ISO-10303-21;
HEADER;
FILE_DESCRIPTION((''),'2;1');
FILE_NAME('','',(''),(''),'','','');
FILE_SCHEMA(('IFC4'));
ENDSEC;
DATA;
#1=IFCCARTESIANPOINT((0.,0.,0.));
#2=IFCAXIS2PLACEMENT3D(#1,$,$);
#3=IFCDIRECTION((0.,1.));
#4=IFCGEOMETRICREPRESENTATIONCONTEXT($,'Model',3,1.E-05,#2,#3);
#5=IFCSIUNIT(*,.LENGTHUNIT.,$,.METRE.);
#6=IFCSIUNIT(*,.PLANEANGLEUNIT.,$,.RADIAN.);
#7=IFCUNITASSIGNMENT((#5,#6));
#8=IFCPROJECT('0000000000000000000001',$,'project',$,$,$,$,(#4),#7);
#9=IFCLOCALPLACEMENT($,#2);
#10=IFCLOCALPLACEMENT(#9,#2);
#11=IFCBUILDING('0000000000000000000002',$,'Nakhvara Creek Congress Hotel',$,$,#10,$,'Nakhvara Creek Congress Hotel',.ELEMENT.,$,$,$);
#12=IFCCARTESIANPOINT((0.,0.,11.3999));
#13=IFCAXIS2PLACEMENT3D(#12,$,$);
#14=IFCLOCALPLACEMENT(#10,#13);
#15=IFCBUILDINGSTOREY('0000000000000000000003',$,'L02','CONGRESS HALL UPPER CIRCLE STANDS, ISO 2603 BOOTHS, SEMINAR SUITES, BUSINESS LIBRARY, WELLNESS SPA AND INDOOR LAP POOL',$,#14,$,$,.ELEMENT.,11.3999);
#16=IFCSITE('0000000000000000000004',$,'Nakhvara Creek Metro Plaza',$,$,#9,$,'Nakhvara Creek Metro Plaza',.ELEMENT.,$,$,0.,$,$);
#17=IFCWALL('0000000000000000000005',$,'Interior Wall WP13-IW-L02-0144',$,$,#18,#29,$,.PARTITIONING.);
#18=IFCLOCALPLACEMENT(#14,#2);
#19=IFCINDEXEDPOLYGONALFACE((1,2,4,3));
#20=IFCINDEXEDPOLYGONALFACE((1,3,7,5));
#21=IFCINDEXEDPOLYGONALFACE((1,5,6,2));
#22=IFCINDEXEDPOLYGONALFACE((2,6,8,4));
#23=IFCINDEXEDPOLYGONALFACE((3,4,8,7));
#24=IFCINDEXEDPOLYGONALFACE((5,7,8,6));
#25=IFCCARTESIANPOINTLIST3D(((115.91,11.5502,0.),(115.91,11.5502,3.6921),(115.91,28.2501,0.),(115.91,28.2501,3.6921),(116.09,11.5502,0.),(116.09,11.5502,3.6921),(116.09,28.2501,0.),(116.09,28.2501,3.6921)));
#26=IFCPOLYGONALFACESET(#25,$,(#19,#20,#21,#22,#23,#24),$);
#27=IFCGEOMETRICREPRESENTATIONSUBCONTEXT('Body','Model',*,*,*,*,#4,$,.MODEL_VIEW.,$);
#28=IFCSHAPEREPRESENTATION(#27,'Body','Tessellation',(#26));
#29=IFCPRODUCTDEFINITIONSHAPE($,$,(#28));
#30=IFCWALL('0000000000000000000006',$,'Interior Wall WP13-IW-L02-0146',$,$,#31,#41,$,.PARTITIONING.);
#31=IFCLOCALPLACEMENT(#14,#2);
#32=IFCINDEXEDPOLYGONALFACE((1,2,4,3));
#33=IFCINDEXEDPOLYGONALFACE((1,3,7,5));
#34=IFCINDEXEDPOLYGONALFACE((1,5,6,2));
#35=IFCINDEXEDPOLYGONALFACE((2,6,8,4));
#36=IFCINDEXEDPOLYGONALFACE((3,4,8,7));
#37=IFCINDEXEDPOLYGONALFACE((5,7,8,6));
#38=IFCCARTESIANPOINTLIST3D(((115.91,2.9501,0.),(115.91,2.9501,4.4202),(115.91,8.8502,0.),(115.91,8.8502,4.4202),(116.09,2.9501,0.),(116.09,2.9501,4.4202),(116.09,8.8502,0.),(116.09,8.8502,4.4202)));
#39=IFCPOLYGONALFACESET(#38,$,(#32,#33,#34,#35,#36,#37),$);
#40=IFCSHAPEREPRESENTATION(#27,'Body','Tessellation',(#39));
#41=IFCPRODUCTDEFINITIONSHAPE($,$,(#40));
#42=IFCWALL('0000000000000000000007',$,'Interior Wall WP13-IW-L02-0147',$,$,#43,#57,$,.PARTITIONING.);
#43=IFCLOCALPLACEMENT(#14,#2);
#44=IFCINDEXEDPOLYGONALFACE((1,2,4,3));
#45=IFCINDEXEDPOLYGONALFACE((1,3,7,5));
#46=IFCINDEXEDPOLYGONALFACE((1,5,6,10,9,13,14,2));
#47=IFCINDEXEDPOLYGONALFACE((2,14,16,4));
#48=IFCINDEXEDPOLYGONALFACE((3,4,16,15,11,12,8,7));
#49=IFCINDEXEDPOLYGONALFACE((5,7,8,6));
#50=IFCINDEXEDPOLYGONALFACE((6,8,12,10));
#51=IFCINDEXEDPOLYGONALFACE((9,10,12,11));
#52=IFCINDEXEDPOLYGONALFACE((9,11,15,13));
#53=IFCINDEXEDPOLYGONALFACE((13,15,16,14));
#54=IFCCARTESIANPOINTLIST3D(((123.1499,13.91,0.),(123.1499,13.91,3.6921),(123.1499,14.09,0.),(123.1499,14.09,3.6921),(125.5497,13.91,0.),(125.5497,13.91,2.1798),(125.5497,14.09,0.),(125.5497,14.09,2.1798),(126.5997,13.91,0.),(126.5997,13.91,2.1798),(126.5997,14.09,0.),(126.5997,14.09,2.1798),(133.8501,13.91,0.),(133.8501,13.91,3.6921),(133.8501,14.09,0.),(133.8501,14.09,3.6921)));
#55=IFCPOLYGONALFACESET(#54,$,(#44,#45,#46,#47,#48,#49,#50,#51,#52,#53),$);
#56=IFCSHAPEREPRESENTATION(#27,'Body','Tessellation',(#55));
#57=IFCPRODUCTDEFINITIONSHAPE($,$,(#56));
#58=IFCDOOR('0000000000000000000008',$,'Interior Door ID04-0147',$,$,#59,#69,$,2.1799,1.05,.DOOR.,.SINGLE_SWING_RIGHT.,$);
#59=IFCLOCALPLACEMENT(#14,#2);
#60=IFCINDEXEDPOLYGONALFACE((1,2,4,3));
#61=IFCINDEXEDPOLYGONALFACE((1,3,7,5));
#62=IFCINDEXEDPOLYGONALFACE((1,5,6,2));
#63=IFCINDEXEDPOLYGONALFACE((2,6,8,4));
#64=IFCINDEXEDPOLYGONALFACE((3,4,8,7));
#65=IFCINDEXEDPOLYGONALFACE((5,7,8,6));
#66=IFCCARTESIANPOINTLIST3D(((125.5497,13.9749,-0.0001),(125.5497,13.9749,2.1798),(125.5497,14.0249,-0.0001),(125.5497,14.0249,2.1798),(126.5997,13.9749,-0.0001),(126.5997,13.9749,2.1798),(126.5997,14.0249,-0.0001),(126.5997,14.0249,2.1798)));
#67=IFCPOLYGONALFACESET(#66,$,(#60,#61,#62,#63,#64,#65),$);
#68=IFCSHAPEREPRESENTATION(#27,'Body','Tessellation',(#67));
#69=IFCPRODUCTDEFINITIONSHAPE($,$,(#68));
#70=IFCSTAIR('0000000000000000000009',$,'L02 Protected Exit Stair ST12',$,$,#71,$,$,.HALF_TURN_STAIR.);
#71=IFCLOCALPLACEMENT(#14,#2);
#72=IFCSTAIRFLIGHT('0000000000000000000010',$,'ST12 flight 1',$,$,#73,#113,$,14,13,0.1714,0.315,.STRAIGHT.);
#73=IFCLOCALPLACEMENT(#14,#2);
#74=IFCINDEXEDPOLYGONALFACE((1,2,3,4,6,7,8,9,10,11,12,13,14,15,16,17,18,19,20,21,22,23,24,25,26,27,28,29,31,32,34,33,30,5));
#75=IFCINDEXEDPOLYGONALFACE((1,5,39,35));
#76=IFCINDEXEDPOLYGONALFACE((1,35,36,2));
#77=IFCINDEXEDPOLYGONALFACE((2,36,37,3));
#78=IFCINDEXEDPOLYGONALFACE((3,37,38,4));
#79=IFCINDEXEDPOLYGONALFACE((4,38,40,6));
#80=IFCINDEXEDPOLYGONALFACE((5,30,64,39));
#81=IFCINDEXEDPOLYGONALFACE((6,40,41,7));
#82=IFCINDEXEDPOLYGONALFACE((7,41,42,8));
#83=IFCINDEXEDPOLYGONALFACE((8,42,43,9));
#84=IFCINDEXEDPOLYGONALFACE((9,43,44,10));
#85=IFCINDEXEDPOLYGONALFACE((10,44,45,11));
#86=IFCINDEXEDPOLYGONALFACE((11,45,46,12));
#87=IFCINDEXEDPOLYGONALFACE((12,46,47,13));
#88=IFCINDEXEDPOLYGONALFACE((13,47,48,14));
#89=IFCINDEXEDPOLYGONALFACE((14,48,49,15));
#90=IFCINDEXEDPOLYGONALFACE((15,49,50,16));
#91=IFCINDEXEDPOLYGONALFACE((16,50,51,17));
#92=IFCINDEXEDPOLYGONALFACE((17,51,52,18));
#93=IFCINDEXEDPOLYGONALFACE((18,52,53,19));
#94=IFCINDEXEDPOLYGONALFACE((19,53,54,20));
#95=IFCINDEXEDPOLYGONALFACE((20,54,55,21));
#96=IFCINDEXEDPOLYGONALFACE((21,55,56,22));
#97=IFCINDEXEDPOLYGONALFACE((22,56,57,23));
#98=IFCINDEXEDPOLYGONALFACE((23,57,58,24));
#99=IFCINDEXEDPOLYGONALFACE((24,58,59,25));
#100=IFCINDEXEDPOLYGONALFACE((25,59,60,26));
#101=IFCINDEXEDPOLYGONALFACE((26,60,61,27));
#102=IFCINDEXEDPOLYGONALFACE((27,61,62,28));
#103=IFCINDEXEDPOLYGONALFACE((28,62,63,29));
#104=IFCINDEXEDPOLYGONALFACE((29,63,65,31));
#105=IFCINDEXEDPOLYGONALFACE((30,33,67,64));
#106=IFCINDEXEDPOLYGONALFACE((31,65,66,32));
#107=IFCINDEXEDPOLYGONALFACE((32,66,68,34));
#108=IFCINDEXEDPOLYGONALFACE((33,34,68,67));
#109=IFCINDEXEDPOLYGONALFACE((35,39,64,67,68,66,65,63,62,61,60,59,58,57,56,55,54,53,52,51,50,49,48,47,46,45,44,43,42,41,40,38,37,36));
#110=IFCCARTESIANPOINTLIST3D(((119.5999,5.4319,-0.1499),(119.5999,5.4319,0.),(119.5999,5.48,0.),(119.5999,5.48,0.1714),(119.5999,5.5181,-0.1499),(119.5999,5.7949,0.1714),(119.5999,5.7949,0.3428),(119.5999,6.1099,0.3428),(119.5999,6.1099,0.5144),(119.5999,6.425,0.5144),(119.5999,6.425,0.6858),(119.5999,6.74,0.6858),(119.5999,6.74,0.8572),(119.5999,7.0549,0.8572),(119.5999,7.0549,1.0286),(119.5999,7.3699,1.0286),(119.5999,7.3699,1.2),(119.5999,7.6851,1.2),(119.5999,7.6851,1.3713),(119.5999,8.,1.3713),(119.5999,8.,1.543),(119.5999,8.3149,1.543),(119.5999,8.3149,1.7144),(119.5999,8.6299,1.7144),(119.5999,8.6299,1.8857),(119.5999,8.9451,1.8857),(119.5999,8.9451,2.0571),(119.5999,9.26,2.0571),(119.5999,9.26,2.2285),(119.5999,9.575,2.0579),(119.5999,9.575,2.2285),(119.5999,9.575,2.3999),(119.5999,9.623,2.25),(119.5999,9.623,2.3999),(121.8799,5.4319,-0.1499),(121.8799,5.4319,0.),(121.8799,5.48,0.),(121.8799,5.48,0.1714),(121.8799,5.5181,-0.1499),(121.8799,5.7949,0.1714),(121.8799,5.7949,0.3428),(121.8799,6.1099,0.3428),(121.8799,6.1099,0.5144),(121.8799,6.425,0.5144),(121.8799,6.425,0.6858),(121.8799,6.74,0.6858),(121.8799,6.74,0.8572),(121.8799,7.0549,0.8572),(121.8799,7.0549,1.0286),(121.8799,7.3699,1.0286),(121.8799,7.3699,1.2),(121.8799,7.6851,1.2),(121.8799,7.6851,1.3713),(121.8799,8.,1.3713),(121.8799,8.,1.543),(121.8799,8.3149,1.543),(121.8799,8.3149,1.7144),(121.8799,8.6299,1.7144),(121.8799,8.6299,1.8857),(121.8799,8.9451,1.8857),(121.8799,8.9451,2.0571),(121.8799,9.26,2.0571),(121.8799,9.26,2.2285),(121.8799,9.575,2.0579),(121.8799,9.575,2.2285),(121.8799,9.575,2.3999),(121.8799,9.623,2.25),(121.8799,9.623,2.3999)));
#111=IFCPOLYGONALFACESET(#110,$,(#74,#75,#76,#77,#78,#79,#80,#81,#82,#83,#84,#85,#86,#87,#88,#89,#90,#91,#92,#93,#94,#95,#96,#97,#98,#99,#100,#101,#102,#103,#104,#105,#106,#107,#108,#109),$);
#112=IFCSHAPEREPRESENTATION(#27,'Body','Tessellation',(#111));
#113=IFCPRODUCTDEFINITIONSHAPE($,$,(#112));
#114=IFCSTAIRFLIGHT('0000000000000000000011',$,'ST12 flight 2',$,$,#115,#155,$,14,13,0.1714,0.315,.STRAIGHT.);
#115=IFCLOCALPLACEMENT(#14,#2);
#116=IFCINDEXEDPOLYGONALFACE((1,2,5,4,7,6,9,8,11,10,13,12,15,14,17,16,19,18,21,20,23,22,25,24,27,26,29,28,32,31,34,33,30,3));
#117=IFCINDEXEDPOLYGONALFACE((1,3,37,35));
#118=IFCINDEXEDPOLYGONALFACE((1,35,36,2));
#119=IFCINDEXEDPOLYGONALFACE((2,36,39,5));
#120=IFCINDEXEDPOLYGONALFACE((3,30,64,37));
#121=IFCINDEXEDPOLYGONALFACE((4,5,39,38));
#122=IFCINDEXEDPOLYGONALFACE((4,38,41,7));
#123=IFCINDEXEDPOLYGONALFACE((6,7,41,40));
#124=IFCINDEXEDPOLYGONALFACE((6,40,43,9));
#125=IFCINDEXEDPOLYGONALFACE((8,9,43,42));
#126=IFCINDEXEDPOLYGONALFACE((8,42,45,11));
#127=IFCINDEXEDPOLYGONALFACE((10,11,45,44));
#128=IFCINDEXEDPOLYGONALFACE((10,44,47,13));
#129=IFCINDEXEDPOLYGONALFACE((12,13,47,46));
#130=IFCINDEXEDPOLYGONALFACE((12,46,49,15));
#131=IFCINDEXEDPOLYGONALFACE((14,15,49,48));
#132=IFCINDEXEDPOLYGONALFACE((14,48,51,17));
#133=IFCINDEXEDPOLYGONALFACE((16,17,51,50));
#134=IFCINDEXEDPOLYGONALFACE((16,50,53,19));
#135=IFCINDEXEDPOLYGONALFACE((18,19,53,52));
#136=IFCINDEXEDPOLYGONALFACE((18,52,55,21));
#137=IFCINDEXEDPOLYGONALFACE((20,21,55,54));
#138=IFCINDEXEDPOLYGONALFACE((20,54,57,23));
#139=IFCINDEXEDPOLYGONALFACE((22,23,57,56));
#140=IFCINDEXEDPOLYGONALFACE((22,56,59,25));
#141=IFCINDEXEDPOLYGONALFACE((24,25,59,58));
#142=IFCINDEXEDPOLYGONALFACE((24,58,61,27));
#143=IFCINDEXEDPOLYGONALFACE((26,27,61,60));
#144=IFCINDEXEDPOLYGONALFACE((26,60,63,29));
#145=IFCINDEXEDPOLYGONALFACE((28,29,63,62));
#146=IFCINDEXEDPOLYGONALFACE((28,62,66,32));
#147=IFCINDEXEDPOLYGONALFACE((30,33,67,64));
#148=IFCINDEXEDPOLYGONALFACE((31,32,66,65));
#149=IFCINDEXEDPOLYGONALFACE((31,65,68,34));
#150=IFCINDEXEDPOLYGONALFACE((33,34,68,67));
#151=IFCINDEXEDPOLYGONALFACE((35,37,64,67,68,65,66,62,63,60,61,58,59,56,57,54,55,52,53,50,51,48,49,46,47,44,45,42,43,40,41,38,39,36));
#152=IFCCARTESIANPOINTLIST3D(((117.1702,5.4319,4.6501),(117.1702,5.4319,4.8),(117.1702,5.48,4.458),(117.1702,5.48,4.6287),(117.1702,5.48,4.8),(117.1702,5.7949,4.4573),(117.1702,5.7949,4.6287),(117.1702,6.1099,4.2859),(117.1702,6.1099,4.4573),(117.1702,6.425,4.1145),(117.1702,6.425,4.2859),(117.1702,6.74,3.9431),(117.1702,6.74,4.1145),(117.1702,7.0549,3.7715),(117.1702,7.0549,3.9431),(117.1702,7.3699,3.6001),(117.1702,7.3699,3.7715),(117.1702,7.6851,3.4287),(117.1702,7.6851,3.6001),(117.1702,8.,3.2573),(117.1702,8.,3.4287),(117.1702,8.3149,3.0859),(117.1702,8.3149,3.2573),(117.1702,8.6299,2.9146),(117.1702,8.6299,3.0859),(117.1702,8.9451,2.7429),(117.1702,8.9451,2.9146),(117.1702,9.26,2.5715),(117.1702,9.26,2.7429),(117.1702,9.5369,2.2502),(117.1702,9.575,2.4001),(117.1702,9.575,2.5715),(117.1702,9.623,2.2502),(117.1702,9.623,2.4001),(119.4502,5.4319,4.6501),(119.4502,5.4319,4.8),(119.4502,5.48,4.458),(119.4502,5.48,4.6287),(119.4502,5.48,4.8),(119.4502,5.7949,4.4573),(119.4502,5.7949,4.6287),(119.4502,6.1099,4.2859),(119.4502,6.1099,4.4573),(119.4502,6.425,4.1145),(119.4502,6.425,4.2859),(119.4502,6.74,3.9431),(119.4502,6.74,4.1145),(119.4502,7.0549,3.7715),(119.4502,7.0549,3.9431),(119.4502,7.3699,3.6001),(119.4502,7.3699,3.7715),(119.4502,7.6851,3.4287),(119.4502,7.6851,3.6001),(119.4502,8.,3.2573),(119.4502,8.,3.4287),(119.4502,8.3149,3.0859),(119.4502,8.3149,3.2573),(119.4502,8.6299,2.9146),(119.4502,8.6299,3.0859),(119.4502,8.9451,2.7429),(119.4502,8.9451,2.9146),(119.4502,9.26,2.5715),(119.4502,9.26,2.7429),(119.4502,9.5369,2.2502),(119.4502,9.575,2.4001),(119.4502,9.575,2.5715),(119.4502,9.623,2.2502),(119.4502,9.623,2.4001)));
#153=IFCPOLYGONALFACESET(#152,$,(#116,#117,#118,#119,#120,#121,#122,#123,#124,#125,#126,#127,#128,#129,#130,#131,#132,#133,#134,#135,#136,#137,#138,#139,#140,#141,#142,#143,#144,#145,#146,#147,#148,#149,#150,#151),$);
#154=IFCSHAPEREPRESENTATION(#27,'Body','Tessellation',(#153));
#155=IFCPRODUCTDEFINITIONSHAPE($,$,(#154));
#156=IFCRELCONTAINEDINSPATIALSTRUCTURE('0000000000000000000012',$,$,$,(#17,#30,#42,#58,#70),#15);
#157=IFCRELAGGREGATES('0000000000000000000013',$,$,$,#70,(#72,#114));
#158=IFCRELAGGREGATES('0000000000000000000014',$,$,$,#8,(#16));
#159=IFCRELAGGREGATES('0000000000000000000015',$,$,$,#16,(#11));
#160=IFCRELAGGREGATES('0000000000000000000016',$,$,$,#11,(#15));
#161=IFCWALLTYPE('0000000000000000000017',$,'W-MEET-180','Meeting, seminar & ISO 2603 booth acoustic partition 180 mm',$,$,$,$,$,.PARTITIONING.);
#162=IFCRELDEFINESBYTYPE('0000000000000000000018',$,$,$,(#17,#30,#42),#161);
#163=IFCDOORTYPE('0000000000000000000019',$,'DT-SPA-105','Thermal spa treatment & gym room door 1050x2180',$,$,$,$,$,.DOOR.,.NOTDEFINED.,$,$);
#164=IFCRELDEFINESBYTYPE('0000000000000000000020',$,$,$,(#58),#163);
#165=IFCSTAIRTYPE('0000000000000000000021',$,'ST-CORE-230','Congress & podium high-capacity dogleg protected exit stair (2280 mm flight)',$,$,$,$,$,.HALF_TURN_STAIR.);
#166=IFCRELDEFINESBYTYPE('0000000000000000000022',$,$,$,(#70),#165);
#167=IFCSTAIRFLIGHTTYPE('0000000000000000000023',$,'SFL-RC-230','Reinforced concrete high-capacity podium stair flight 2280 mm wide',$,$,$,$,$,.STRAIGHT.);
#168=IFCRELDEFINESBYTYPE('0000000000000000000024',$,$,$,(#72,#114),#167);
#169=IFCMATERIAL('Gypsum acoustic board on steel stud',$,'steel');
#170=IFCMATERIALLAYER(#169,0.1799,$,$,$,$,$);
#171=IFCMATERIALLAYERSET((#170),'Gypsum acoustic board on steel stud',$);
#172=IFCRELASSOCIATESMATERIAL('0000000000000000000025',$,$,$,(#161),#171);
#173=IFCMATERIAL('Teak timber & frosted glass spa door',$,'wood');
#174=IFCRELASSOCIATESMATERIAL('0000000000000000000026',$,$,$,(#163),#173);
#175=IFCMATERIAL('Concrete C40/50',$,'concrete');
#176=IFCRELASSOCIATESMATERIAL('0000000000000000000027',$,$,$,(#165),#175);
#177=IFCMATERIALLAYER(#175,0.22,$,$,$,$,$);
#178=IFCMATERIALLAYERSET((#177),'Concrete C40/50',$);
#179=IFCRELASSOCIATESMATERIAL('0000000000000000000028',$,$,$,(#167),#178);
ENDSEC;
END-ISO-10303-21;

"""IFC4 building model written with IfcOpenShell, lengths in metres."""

from ifc_helpers import new_model, si_unit, direction, frame, frame_2d, origin, place, context, subcontext, project, spatial, polyline, rectangle, outline, extrude, material, layer, layer_set, type_object, element, fill, aggregate, save


model = new_model("IFC4")

# Units and contexts
model_context = context("Model", 3, precision=1e-05, world=origin(), true_north=direction((0.0, 1.0)))
body_context = subcontext(model_context, "Body", "Model", "MODEL_VIEW")
ifc_project = project(units=[si_unit("LENGTHUNIT", "METRE"), si_unit("PLANEANGLEUNIT", "RADIAN")], contexts=[model_context])

# Site, building, storey
site_placement = place(None, origin())
site = spatial("IfcSite", under=ifc_project, at=site_placement, Name="Nakhvara Creek Metro Plaza", LongName="Nakhvara Creek Metro Plaza", CompositionType="ELEMENT", RefElevation=0.0)
building_placement = place(site_placement, origin())
building = spatial("IfcBuilding", under=site, at=building_placement, Name="Nakhvara Creek Congress Hotel", LongName="Nakhvara Creek Congress Hotel", CompositionType="ELEMENT")
storey_placement = place(building_placement, frame((0.0, 0.0, 11.3999)))
storey = spatial("IfcBuildingStorey", under=building, at=storey_placement, Name="L02", Description="CONGRESS HALL UPPER CIRCLE STANDS, ISO 2603 BOOTHS, SEMINAR SUITES, BUSINESS LIBRARY, WELLNESS SPA AND INDOOR LAP POOL", CompositionType="ELEMENT", Elevation=11.3999)

# Shared definitions
ifc_material_1 = material(Name="Concrete C40/50", Category="concrete")

# Walls
ifc_material_2 = material(Name="Gypsum acoustic board on steel stud", Category="steel")
ifc_layer_1 = layer(ifc_material_2, 0.1799)
ifc_layer_set_1 = layer_set([ifc_layer_1], Name="Gypsum acoustic board on steel stud")
wall_type_1 = type_object("IfcWallType", Name="W-MEET-180", Description="Meeting, seminar & ISO 2603 booth acoustic partition 180 mm", PredefinedType="PARTITIONING", material=ifc_layer_set_1)
wall_1_placement = place(storey_placement, frame((116.0, 11.55, 0.0), z_axis=(0.0, 0.0, 1.0), x_axis=(0.0, 1.0, 0.0)))
element("IfcWall", 1, at=wall_1_placement, inside=storey, type_object=wall_type_1, Name="Interior Wall WP13-IW-L02-0144", PredefinedType="PARTITIONING", context=body_context, shape_type="SweptSolid", body=[
    extrude(rectangle(XDim=16.7, YDim=0.1799, at=frame_2d((8.3501, 0.0))), origin(), (0.0, 0.0, 1.0), 3.6921),
])
wall_2_placement = place(storey_placement, frame((116.0, 2.95, 0.0), z_axis=(0.0, 0.0, 1.0), x_axis=(0.0, 1.0, 0.0)))
element("IfcWall", 2, at=wall_2_placement, inside=storey, type_object=wall_type_1, Name="Interior Wall WP13-IW-L02-0146", PredefinedType="PARTITIONING", context=body_context, shape_type="SweptSolid", body=[
    extrude(rectangle(XDim=5.9001, YDim=0.1799, at=frame_2d((2.9502, 0.0))), origin(), (0.0, 0.0, 1.0), 4.4202),
])

# Wall, opening, door
wall_3_placement = place(storey_placement, frame((123.1499, 14.0, 0.0), z_axis=(0.0, 0.0, 1.0), x_axis=(1.0, 0.0, 0.0)))
wall_3 = element("IfcWall", 3, at=wall_3_placement, inside=storey, type_object=wall_type_1, Name="Interior Wall WP13-IW-L02-0147", PredefinedType="PARTITIONING", context=body_context, shape_type="SweptSolid", body=[
    extrude(rectangle(XDim=10.7002, YDim=0.1799, at=frame_2d((5.3501, 0.0))), origin(), (0.0, 0.0, 1.0), 3.6921),
])
opening_1_placement = place(wall_3_placement, frame((2.3999, 0.0, 0.0)))
opening_1 = element("IfcOpeningElement", 4, at=opening_1_placement, cuts=wall_3, PredefinedType="OPENING", context=body_context, shape_type="SweptSolid", body=[
    extrude(rectangle(XDim=1.05, YDim=2.1799, at=frame_2d((0.5249, 1.0898))), frame((0.0, 0.1021, 0.0), z_axis=(0.0, -1.0, 0.0), x_axis=(1.0, 0.0, 0.0)), (0.0, 0.0, 1.0), 0.2039),
])
ifc_material_3 = material(Name="Teak timber & frosted glass spa door", Category="wood")
door_type_1 = type_object("IfcDoorType", Name="DT-SPA-105", Description="Thermal spa treatment & gym room door 1050x2180", OperationType="NOTDEFINED", PredefinedType="DOOR", material=ifc_material_3)
door_1_placement = place(opening_1_placement, origin())
door_1 = element("IfcDoor", 5, at=door_1_placement, inside=storey, type_object=door_type_1, Name="Interior Door ID04-0147", OperationType="SINGLE_SWING_RIGHT", OverallHeight=2.1799, OverallWidth=1.05, PredefinedType="DOOR", context=body_context, shape_type="SweptSolid", body=[
    extrude(rectangle(XDim=1.05, YDim=2.1799, at=frame_2d((0.5249, 1.0898))), frame((0.0, 0.0249, 0.0), z_axis=(0.0, -1.0, 0.0), x_axis=(1.0, 0.0, 0.0)), (0.0, 0.0, 1.0), 0.05),
])
fill(opening_1, door_1)

# Stair, stair flights
stair_type = type_object("IfcStairType", Name="ST-CORE-230", Description="Congress & podium high-capacity dogleg protected exit stair (2280 mm flight)", PredefinedType="HALF_TURN_STAIR", material=ifc_material_1)
stair_placement = place(storey_placement, origin())
stair = element("IfcStair", 6, at=stair_placement, inside=storey, type_object=stair_type, Name="L02 Protected Exit Stair ST12", PredefinedType="HALF_TURN_STAIR")
ifc_layer_2 = layer(ifc_material_1, 0.22)
ifc_layer_set_2 = layer_set([ifc_layer_2], Name="Concrete C40/50")
stair_flight_type = type_object("IfcStairFlightType", Name="SFL-RC-230", Description="Reinforced concrete high-capacity podium stair flight 2280 mm wide", PredefinedType="STRAIGHT", material=ifc_layer_set_2)
stair_flight_1_placement = place(storey_placement, frame((120.74, 5.48, 0.0), z_axis=(0.0, 0.0, 1.0), x_axis=(0.0, 1.0, 0.0)))
stair_flight_1 = element("IfcStairFlight", 7, at=stair_flight_1_placement, type_object=stair_flight_type, Name="ST12 flight 1", NumberOfRisers=14, NumberOfTreads=13, PredefinedType="STRAIGHT", RiserHeight=0.1714, TreadLength=0.315, context=body_context, shape_type="SweptSolid", body=[
    extrude(outline(polyline([(-0.0481, 0.0), (0.0, 0.0), (0.0, 0.1714), (0.3149, 0.1714), (0.3149, 0.3428), (0.6299, 0.3428), (0.6299, 0.5144), (0.9451, 0.5144), (0.9451, 0.6858), (1.26, 0.6858), (1.26, 0.8572), (1.575, 0.8572), (1.575, 1.0286), (1.8899, 1.0286), (1.8899, 1.2), (2.2051, 1.2), (2.2051, 1.3713), (2.52, 1.3713), (2.52, 1.543), (2.835, 1.543), (2.835, 1.7144), (3.1499, 1.7144), (3.1499, 1.8857), (3.4651, 1.8857), (3.4651, 2.0571), (3.78, 2.0571), (3.78, 2.2285), (4.095, 2.2285), (4.095, 2.3999), (4.1431, 2.3999), (4.1431, 2.25), (4.095, 2.0579), (0.0381, -0.1499), (-0.0481, -0.1499), (-0.0481, 0.0)])), frame((0.0, 1.1401, 0.0), z_axis=(0.0, -1.0, 0.0), x_axis=(1.0, 0.0, 0.0)), (0.0, 0.0, 1.0), 2.28),
])
stair_flight_2_placement = place(storey_placement, frame((118.3101, 9.575, 2.4001), z_axis=(0.0, 0.0, 1.0), x_axis=(0.0, -1.0, 0.0)))
stair_flight_2 = element("IfcStairFlight", 8, at=stair_flight_2_placement, type_object=stair_flight_type, Name="ST12 flight 2", NumberOfRisers=14, NumberOfTreads=13, PredefinedType="STRAIGHT", RiserHeight=0.1714, TreadLength=0.315, context=body_context, shape_type="SweptSolid", body=[
    extrude(outline(polyline([(-0.0481, 0.0), (0.0, 0.0), (0.0, 0.1714), (0.3149, 0.1714), (0.3149, 0.3428), (0.6299, 0.3428), (0.6299, 0.5144), (0.9451, 0.5144), (0.9451, 0.6858), (1.26, 0.6858), (1.26, 0.8572), (1.575, 0.8572), (1.575, 1.0286), (1.8899, 1.0286), (1.8899, 1.2), (2.2051, 1.2), (2.2051, 1.3713), (2.52, 1.3713), (2.52, 1.543), (2.835, 1.543), (2.835, 1.7144), (3.1499, 1.7144), (3.1499, 1.8857), (3.4651, 1.8857), (3.4651, 2.0571), (3.78, 2.0571), (3.78, 2.2285), (4.095, 2.2285), (4.095, 2.3999), (4.1431, 2.3999), (4.1431, 2.25), (4.095, 2.0579), (0.0381, -0.1499), (-0.0481, -0.1499), (-0.0481, 0.0)])), frame((0.0, 1.1401, 0.0), z_axis=(0.0, -1.0, 0.0), x_axis=(1.0, 0.0, 0.0)), (0.0, 0.0, 1.0), 2.28),
])
aggregate(stair, [stair_flight_1, stair_flight_2])

save(model, "model.ifc")
